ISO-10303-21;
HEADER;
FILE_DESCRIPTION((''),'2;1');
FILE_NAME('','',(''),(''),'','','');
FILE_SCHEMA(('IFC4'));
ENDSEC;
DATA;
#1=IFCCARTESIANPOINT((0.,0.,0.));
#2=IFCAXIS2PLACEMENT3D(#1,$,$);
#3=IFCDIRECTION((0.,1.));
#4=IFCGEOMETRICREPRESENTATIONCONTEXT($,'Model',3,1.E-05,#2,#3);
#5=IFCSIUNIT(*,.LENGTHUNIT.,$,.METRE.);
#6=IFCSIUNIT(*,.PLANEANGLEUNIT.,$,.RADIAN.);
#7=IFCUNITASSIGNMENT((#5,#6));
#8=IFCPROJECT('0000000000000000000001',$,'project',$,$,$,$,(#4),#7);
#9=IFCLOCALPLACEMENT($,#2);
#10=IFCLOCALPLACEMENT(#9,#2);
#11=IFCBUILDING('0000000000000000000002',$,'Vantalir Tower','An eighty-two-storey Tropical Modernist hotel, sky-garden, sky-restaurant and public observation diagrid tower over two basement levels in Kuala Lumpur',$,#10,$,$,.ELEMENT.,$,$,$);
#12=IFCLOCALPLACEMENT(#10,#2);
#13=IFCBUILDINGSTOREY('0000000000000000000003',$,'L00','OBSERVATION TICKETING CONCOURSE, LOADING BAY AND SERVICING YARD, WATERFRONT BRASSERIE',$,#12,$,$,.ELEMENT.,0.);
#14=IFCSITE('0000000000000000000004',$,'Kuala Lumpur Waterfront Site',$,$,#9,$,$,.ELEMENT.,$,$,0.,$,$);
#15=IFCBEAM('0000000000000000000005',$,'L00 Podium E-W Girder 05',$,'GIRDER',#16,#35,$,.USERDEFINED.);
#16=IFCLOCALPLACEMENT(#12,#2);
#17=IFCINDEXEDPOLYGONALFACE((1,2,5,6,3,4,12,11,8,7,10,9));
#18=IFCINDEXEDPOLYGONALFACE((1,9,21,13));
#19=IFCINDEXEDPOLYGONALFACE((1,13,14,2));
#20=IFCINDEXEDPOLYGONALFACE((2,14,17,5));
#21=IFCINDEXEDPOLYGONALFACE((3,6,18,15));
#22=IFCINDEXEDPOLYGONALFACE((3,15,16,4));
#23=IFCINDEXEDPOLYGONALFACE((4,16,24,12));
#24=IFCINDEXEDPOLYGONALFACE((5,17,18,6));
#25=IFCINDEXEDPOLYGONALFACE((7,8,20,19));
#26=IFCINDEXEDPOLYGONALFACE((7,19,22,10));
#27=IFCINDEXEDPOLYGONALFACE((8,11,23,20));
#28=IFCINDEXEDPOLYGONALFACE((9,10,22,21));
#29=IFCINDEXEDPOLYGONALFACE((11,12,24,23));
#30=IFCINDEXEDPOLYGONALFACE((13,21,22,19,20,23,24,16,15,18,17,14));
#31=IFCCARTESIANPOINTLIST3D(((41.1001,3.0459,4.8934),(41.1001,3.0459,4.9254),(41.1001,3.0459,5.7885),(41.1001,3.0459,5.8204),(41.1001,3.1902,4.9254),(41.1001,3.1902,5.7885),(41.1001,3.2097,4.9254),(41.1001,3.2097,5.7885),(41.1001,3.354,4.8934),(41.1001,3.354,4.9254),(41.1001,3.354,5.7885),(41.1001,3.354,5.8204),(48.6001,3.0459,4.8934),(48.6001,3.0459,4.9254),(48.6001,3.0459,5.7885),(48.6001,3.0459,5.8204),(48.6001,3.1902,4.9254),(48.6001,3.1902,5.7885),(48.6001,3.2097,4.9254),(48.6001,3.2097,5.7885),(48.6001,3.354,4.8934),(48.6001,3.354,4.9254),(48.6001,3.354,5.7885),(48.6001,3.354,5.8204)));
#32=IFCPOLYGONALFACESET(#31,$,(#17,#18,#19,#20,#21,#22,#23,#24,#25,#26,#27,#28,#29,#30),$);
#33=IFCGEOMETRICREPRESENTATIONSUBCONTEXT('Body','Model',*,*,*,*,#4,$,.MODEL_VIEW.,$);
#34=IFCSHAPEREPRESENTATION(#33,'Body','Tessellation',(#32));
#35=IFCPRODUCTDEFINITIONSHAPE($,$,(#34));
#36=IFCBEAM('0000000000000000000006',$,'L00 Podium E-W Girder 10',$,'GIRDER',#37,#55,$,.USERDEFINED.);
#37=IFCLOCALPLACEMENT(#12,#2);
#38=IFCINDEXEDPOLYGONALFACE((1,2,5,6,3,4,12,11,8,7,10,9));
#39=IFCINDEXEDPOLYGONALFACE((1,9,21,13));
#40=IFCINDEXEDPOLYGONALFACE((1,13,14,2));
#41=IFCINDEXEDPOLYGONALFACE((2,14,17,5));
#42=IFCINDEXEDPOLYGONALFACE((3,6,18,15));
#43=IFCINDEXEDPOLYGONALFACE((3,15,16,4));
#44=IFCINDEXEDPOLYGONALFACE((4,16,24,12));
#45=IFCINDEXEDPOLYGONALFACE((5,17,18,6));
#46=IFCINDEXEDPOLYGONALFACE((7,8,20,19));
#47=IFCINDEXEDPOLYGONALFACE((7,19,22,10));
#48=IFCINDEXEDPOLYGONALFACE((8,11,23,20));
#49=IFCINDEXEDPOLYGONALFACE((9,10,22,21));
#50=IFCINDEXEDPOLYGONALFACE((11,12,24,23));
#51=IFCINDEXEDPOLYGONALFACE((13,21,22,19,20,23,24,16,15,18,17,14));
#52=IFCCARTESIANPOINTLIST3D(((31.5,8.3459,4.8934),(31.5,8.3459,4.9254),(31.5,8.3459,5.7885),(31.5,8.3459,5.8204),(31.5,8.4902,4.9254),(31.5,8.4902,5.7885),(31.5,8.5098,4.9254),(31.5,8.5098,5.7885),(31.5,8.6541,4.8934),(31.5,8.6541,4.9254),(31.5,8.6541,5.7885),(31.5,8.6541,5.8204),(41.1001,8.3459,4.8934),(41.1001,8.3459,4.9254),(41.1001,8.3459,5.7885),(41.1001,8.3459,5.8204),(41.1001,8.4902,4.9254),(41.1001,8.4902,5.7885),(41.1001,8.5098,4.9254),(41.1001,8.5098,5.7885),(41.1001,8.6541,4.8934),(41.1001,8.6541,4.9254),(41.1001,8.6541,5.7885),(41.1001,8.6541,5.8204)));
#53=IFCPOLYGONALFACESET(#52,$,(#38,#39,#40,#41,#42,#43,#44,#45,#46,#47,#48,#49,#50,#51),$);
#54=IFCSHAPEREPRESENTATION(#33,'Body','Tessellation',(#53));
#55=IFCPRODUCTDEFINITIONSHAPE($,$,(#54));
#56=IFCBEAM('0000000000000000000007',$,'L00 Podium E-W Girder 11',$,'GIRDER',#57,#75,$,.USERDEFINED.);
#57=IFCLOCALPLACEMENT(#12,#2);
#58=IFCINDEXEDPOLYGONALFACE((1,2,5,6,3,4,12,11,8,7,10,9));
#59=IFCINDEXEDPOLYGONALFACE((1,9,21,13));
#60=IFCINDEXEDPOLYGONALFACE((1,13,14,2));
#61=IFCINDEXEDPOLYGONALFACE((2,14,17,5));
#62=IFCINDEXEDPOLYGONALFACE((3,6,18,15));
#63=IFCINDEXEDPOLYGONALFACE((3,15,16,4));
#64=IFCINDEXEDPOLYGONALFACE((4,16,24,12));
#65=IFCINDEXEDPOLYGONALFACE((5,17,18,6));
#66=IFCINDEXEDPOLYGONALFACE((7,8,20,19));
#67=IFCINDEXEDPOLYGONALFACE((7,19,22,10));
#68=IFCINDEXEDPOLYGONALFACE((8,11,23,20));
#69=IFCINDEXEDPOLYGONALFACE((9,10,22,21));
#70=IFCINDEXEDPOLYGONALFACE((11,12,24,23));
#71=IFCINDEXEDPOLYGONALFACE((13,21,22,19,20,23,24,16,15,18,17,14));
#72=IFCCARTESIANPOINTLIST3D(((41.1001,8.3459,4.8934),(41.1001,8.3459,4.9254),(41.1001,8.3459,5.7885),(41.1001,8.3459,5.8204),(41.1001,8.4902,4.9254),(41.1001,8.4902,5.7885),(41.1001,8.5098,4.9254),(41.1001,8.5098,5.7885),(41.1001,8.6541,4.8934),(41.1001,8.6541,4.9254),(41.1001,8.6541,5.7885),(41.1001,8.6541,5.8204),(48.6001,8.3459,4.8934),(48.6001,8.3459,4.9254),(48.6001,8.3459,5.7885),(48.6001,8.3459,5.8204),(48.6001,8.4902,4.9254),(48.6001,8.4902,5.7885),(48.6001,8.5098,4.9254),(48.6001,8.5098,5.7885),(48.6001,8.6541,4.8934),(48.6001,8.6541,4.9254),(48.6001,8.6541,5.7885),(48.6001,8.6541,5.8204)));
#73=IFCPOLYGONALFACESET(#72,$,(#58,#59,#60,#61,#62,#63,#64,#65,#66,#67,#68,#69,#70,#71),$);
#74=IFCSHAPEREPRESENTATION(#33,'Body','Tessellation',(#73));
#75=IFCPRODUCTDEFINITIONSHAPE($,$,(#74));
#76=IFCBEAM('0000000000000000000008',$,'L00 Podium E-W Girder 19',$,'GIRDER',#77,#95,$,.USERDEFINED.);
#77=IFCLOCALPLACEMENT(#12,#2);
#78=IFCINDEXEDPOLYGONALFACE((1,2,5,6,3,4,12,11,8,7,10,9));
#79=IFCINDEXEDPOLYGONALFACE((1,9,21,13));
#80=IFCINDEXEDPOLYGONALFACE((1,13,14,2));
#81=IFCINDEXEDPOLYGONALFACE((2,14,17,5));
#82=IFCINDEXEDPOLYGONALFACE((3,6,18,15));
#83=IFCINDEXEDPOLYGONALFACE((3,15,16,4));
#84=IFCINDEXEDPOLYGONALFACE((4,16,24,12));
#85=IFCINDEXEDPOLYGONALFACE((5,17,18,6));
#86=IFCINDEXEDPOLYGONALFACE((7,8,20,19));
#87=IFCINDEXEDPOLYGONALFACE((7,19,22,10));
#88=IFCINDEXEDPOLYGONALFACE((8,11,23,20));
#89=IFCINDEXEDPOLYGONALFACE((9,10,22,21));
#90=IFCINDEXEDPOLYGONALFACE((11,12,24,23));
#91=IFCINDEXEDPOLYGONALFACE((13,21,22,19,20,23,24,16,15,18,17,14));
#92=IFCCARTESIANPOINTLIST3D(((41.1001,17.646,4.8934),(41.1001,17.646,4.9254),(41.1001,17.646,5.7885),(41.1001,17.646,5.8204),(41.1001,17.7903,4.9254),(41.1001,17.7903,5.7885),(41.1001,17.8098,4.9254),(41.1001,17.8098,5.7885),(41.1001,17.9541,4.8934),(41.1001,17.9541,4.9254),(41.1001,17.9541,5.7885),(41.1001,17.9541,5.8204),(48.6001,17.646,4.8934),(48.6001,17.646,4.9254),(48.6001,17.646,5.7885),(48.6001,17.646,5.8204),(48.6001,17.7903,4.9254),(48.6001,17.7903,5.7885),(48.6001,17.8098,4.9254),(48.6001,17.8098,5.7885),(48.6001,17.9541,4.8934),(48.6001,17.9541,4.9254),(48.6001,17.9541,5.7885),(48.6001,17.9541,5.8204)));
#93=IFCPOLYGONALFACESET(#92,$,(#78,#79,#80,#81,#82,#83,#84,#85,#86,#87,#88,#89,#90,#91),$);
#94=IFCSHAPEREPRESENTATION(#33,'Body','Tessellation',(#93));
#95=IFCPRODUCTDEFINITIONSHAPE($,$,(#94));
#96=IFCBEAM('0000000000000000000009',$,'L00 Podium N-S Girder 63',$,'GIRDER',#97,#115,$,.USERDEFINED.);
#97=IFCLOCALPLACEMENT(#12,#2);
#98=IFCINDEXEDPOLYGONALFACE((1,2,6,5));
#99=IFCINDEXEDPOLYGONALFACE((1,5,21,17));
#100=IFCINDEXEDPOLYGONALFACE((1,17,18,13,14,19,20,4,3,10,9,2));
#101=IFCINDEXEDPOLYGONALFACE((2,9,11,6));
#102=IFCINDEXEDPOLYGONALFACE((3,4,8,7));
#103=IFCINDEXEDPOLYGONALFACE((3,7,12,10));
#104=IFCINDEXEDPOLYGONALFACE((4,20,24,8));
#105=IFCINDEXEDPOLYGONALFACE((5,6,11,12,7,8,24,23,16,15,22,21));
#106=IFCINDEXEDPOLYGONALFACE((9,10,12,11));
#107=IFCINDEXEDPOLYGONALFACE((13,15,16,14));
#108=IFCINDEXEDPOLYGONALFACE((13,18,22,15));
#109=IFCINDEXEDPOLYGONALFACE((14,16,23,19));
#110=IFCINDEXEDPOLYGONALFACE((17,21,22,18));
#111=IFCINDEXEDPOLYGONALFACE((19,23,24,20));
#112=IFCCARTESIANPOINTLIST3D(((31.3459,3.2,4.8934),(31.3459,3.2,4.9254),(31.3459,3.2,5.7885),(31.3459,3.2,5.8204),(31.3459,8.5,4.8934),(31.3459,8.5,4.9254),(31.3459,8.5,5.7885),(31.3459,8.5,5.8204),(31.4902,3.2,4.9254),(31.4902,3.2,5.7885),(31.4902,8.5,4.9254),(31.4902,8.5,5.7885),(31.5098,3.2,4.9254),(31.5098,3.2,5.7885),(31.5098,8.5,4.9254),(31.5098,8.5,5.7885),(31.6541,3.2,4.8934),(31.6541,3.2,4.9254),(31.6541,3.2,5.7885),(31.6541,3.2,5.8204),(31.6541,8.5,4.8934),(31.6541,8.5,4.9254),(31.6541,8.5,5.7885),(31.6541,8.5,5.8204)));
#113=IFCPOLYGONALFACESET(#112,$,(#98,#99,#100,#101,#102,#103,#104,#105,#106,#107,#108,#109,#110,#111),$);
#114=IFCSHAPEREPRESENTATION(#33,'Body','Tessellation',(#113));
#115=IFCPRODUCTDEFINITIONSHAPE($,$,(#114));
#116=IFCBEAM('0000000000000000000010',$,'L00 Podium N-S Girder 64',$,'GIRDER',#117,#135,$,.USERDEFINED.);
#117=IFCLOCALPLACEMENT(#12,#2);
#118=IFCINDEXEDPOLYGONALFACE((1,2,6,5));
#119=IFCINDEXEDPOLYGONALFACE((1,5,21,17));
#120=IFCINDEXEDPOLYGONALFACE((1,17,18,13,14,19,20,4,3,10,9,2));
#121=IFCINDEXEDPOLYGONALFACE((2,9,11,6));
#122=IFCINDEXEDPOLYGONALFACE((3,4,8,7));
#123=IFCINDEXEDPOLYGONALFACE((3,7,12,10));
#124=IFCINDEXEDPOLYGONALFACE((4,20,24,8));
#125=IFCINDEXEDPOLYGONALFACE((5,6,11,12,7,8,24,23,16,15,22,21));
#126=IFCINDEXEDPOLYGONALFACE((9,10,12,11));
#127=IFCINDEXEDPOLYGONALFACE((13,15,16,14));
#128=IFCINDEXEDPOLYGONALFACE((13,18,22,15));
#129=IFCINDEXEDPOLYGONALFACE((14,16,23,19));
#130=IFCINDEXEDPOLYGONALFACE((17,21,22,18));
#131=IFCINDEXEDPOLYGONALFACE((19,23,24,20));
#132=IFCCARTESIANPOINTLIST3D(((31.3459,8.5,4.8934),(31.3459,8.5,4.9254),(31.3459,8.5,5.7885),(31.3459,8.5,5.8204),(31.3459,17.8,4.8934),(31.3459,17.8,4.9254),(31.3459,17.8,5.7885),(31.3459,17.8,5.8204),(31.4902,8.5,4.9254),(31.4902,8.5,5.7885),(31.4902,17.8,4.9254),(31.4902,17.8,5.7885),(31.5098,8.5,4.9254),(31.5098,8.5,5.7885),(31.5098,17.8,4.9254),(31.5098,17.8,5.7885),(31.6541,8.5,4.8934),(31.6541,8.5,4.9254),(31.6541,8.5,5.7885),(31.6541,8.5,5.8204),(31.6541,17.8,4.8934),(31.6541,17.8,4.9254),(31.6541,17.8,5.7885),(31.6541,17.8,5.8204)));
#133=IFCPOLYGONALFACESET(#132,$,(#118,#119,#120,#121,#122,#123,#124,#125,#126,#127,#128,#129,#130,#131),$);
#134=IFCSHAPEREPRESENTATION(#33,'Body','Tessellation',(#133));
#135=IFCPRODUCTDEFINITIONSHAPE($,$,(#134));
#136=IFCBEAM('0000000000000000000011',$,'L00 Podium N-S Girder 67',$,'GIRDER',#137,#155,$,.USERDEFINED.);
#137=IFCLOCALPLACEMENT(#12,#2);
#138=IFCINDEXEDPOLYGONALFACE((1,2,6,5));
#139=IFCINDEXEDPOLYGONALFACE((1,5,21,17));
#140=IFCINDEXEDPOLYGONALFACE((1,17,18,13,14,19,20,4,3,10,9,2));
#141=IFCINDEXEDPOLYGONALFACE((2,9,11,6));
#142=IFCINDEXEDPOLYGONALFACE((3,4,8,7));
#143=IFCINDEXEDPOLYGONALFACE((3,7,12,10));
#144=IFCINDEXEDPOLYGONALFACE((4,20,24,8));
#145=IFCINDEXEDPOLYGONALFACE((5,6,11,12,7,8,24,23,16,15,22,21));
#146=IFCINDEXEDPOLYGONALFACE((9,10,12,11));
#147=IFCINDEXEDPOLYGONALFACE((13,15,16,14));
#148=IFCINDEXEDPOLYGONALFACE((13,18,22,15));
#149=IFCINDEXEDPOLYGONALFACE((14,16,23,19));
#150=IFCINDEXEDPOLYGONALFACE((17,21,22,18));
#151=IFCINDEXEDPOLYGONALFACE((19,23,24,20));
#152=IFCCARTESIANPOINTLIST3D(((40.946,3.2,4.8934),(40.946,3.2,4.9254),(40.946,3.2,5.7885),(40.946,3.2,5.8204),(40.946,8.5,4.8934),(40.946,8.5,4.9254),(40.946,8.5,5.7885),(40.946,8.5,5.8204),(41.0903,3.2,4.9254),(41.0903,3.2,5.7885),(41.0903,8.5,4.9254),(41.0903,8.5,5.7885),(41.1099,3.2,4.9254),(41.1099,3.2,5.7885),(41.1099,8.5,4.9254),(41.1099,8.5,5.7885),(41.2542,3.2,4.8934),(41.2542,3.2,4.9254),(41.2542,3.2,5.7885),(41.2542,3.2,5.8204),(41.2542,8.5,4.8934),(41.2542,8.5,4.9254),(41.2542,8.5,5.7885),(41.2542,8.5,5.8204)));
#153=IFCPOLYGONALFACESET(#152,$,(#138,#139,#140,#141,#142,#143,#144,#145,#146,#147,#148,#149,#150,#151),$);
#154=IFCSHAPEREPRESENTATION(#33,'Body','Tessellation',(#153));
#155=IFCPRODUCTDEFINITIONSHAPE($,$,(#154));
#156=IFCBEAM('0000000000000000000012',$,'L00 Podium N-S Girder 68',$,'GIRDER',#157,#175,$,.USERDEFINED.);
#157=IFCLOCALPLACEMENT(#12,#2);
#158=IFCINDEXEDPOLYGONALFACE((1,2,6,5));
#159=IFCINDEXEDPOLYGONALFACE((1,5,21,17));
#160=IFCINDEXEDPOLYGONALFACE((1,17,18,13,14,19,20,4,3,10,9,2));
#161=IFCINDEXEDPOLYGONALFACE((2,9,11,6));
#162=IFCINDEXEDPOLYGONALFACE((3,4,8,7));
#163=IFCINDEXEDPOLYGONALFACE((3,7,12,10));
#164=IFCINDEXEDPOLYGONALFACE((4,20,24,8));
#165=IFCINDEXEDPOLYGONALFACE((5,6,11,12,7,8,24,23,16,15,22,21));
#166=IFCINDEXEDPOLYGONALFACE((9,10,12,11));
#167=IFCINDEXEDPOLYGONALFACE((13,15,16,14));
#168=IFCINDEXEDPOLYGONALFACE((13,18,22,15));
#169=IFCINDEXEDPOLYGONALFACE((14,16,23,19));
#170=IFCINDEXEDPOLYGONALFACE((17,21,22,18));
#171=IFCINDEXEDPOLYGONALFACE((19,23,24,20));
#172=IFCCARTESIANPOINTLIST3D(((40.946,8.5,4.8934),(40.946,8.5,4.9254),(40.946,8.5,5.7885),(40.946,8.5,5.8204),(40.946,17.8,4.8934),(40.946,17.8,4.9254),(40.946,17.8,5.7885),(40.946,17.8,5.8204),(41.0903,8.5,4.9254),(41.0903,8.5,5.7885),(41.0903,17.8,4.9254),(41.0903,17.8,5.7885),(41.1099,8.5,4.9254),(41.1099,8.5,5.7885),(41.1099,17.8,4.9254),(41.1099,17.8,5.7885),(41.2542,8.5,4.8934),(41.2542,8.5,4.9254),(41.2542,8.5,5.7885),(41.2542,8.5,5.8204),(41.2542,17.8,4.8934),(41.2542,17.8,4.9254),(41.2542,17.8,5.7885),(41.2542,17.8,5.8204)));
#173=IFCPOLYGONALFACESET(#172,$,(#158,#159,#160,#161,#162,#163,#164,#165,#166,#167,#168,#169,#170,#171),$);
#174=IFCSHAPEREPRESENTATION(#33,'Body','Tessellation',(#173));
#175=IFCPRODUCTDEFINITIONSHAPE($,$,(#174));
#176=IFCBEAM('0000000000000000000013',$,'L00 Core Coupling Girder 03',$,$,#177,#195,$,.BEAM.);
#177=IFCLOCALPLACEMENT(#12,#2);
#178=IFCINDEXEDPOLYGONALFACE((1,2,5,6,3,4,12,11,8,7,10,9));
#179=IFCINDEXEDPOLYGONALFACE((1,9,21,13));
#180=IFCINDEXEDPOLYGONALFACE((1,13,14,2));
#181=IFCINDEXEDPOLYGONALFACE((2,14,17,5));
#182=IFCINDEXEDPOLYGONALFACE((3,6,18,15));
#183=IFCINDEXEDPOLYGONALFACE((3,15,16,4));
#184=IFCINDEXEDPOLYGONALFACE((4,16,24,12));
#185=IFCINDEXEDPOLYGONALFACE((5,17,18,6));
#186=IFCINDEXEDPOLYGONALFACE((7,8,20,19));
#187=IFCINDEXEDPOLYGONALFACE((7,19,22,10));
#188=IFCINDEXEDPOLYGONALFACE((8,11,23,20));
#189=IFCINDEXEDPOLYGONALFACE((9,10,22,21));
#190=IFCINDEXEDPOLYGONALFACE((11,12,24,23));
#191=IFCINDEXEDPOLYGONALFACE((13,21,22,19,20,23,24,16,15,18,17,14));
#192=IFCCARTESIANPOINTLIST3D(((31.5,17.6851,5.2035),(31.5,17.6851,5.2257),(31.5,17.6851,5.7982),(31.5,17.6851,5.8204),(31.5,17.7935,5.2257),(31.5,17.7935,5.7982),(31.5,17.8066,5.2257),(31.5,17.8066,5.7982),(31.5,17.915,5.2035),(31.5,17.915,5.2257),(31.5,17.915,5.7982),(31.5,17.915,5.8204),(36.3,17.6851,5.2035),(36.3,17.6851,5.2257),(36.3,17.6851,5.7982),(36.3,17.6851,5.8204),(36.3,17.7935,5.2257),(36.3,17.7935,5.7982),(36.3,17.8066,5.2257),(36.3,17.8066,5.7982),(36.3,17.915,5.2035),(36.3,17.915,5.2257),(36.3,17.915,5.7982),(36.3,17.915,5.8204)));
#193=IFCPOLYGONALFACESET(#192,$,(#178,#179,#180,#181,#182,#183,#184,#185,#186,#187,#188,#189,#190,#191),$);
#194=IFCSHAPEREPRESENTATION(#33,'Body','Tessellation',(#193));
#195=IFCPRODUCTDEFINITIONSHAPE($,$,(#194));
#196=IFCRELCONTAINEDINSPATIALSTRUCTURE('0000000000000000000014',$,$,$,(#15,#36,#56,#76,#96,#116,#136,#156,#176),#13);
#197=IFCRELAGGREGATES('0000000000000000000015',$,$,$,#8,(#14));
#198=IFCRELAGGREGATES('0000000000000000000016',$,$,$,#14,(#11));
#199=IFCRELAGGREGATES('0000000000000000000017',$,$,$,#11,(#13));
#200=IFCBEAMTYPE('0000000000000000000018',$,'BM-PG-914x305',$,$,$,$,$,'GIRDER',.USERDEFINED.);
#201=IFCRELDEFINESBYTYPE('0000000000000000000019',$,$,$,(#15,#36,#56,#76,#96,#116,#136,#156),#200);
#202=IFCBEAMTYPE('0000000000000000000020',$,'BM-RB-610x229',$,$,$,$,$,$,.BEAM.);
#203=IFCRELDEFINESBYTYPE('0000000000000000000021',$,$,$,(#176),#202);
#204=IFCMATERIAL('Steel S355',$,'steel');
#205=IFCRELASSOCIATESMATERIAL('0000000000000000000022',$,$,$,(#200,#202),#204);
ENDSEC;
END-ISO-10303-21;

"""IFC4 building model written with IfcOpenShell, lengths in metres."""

from ifc_helpers import new_model, si_unit, direction, frame, origin, origin_2d, place, context, subcontext, project, spatial, i_section, extrude, material, material_profile, profile_set, type_object, element, save


model = new_model("IFC4")

# Units and contexts
model_context = context("Model", 3, precision=1e-05, world=origin(), true_north=direction((0.0, 1.0)))
body_context = subcontext(model_context, "Body", "Model", "MODEL_VIEW")
ifc_project = project(units=[si_unit("LENGTHUNIT", "METRE"), si_unit("PLANEANGLEUNIT", "RADIAN")], contexts=[model_context])

# Site, building, storey
site_placement = place(None, origin())
site = spatial("IfcSite", under=ifc_project, at=site_placement, Name="Kuala Lumpur Waterfront Site", CompositionType="ELEMENT", RefElevation=0.0)
building_placement = place(site_placement, origin())
building = spatial("IfcBuilding", under=site, at=building_placement, Name="Vantalir Tower", Description="An eighty-two-storey Tropical Modernist hotel, sky-garden, sky-restaurant and public observation diagrid tower over two basement levels in Kuala Lumpur", CompositionType="ELEMENT")
storey_placement = place(building_placement, origin())
storey = spatial("IfcBuildingStorey", under=building, at=storey_placement, Name="L00", Description="OBSERVATION TICKETING CONCOURSE, LOADING BAY AND SERVICING YARD, WATERFRONT BRASSERIE", CompositionType="ELEMENT", Elevation=0.0)

# Beams
ifc_material_1 = material(Name="Steel S355", Category="steel")
ifc_material_profile_1 = material_profile(ifc_material_1, i_section(OverallWidth=0.3081, OverallDepth=0.927, WebThickness=0.0195, FlangeThickness=0.032, at=origin_2d()), Name="Steel S355")
ifc_profile_set_1 = profile_set([ifc_material_profile_1], Name="Steel S355")
beam_type_1 = type_object("IfcBeamType", Name="BM-PG-914x305", ElementType="GIRDER", PredefinedType="USERDEFINED", material=ifc_profile_set_1)
beam_1_placement = place(storey_placement, frame((41.1001, 3.2, 5.3569), z_axis=(1.0, 0.0, 0.0), x_axis=(0.0, 1.0, 0.0)))
element("IfcBeam", 1, at=beam_1_placement, inside=storey, type_object=beam_type_1, Name="L00 Podium E-W Girder 05", ObjectType="GIRDER", PredefinedType="USERDEFINED", context=body_context, shape_type="SweptSolid", body=[
    extrude(i_section(OverallWidth=0.3081, OverallDepth=0.927, WebThickness=0.0195, FlangeThickness=0.032, at=origin_2d()), origin(), (0.0, 0.0, 1.0), 7.5),
])
beam_2_placement = place(storey_placement, frame((31.5, 8.5, 5.3569), z_axis=(1.0, 0.0, 0.0), x_axis=(0.0, 1.0, 0.0)))
element("IfcBeam", 2, at=beam_2_placement, inside=storey, type_object=beam_type_1, Name="L00 Podium E-W Girder 10", ObjectType="GIRDER", PredefinedType="USERDEFINED", context=body_context, shape_type="SweptSolid", body=[
    extrude(i_section(OverallWidth=0.3081, OverallDepth=0.927, WebThickness=0.0195, FlangeThickness=0.032, at=origin_2d()), origin(), (0.0, 0.0, 1.0), 9.6001),
])
for number, where, z_axis, x_axis, name in (
    (3, (41.1001, 8.5, 5.3569), (1.0, 0.0, 0.0), (0.0, 1.0, 0.0), "L00 Podium E-W Girder 11"),
    (4, (41.1001, 17.8, 5.3569), (1.0, 0.0, 0.0), (0.0, 1.0, 0.0), "L00 Podium E-W Girder 19"),
):
    element("IfcBeam", number, at=place(storey_placement, frame(where, z_axis=z_axis, x_axis=x_axis)), inside=storey, type_object=beam_type_1, Name=name, ObjectType="GIRDER", PredefinedType="USERDEFINED", context=body_context, shape_type="SweptSolid", body=[
        extrude(i_section(OverallWidth=0.3081, OverallDepth=0.927, WebThickness=0.0195, FlangeThickness=0.032, at=origin_2d()), origin(), (0.0, 0.0, 1.0), 7.5),
    ])
beam_3_placement = place(storey_placement, frame((31.5, 3.2, 5.3569), z_axis=(0.0, 1.0, 0.0), x_axis=(-1.0, 0.0, 0.0)))
element("IfcBeam", 5, at=beam_3_placement, inside=storey, type_object=beam_type_1, Name="L00 Podium N-S Girder 63", ObjectType="GIRDER", PredefinedType="USERDEFINED", context=body_context, shape_type="SweptSolid", body=[
    extrude(i_section(OverallWidth=0.3081, OverallDepth=0.927, WebThickness=0.0195, FlangeThickness=0.032, at=origin_2d()), origin(), (0.0, 0.0, 1.0), 5.3),
])
beam_4_placement = place(storey_placement, frame((31.5, 8.5, 5.3569), z_axis=(0.0, 1.0, 0.0), x_axis=(-1.0, 0.0, 0.0)))
element("IfcBeam", 6, at=beam_4_placement, inside=storey, type_object=beam_type_1, Name="L00 Podium N-S Girder 64", ObjectType="GIRDER", PredefinedType="USERDEFINED", context=body_context, shape_type="SweptSolid", body=[
    extrude(i_section(OverallWidth=0.3081, OverallDepth=0.927, WebThickness=0.0195, FlangeThickness=0.032, at=origin_2d()), origin(), (0.0, 0.0, 1.0), 9.3),
])
beam_5_placement = place(storey_placement, frame((41.1001, 3.2, 5.3569), z_axis=(0.0, 1.0, 0.0), x_axis=(-1.0, 0.0, 0.0)))
element("IfcBeam", 7, at=beam_5_placement, inside=storey, type_object=beam_type_1, Name="L00 Podium N-S Girder 67", ObjectType="GIRDER", PredefinedType="USERDEFINED", context=body_context, shape_type="SweptSolid", body=[
    extrude(i_section(OverallWidth=0.3081, OverallDepth=0.927, WebThickness=0.0195, FlangeThickness=0.032, at=origin_2d()), origin(), (0.0, 0.0, 1.0), 5.3),
])
beam_6_placement = place(storey_placement, frame((41.1001, 8.5, 5.3569), z_axis=(0.0, 1.0, 0.0), x_axis=(-1.0, 0.0, 0.0)))
element("IfcBeam", 8, at=beam_6_placement, inside=storey, type_object=beam_type_1, Name="L00 Podium N-S Girder 68", ObjectType="GIRDER", PredefinedType="USERDEFINED", context=body_context, shape_type="SweptSolid", body=[
    extrude(i_section(OverallWidth=0.3081, OverallDepth=0.927, WebThickness=0.0195, FlangeThickness=0.032, at=origin_2d()), origin(), (0.0, 0.0, 1.0), 9.3),
])
ifc_material_profile_2 = material_profile(ifc_material_1, i_section(OverallWidth=0.23, OverallDepth=0.6169, WebThickness=0.0132, FlangeThickness=0.0222, at=origin_2d()), Name="Steel S355")
ifc_profile_set_2 = profile_set([ifc_material_profile_2], Name="Steel S355")
beam_type_2 = type_object("IfcBeamType", Name="BM-RB-610x229", PredefinedType="BEAM", material=ifc_profile_set_2)
for number, where, z_axis, x_axis, name in (
    (9, (31.5, 17.8, 5.512), (1.0, 0.0, 0.0), (0.0, 1.0, 0.0), "L00 Core Coupling Girder 03"),
):
    element("IfcBeam", number, at=place(storey_placement, frame(where, z_axis=z_axis, x_axis=x_axis)), inside=storey, type_object=beam_type_2, Name=name, PredefinedType="BEAM", context=body_context, shape_type="SweptSolid", body=[
        extrude(i_section(OverallWidth=0.23, OverallDepth=0.6169, WebThickness=0.0132, FlangeThickness=0.0222, at=origin_2d()), origin(), (0.0, 0.0, 1.0), 4.8),
    ])

save(model, "model.ifc")
